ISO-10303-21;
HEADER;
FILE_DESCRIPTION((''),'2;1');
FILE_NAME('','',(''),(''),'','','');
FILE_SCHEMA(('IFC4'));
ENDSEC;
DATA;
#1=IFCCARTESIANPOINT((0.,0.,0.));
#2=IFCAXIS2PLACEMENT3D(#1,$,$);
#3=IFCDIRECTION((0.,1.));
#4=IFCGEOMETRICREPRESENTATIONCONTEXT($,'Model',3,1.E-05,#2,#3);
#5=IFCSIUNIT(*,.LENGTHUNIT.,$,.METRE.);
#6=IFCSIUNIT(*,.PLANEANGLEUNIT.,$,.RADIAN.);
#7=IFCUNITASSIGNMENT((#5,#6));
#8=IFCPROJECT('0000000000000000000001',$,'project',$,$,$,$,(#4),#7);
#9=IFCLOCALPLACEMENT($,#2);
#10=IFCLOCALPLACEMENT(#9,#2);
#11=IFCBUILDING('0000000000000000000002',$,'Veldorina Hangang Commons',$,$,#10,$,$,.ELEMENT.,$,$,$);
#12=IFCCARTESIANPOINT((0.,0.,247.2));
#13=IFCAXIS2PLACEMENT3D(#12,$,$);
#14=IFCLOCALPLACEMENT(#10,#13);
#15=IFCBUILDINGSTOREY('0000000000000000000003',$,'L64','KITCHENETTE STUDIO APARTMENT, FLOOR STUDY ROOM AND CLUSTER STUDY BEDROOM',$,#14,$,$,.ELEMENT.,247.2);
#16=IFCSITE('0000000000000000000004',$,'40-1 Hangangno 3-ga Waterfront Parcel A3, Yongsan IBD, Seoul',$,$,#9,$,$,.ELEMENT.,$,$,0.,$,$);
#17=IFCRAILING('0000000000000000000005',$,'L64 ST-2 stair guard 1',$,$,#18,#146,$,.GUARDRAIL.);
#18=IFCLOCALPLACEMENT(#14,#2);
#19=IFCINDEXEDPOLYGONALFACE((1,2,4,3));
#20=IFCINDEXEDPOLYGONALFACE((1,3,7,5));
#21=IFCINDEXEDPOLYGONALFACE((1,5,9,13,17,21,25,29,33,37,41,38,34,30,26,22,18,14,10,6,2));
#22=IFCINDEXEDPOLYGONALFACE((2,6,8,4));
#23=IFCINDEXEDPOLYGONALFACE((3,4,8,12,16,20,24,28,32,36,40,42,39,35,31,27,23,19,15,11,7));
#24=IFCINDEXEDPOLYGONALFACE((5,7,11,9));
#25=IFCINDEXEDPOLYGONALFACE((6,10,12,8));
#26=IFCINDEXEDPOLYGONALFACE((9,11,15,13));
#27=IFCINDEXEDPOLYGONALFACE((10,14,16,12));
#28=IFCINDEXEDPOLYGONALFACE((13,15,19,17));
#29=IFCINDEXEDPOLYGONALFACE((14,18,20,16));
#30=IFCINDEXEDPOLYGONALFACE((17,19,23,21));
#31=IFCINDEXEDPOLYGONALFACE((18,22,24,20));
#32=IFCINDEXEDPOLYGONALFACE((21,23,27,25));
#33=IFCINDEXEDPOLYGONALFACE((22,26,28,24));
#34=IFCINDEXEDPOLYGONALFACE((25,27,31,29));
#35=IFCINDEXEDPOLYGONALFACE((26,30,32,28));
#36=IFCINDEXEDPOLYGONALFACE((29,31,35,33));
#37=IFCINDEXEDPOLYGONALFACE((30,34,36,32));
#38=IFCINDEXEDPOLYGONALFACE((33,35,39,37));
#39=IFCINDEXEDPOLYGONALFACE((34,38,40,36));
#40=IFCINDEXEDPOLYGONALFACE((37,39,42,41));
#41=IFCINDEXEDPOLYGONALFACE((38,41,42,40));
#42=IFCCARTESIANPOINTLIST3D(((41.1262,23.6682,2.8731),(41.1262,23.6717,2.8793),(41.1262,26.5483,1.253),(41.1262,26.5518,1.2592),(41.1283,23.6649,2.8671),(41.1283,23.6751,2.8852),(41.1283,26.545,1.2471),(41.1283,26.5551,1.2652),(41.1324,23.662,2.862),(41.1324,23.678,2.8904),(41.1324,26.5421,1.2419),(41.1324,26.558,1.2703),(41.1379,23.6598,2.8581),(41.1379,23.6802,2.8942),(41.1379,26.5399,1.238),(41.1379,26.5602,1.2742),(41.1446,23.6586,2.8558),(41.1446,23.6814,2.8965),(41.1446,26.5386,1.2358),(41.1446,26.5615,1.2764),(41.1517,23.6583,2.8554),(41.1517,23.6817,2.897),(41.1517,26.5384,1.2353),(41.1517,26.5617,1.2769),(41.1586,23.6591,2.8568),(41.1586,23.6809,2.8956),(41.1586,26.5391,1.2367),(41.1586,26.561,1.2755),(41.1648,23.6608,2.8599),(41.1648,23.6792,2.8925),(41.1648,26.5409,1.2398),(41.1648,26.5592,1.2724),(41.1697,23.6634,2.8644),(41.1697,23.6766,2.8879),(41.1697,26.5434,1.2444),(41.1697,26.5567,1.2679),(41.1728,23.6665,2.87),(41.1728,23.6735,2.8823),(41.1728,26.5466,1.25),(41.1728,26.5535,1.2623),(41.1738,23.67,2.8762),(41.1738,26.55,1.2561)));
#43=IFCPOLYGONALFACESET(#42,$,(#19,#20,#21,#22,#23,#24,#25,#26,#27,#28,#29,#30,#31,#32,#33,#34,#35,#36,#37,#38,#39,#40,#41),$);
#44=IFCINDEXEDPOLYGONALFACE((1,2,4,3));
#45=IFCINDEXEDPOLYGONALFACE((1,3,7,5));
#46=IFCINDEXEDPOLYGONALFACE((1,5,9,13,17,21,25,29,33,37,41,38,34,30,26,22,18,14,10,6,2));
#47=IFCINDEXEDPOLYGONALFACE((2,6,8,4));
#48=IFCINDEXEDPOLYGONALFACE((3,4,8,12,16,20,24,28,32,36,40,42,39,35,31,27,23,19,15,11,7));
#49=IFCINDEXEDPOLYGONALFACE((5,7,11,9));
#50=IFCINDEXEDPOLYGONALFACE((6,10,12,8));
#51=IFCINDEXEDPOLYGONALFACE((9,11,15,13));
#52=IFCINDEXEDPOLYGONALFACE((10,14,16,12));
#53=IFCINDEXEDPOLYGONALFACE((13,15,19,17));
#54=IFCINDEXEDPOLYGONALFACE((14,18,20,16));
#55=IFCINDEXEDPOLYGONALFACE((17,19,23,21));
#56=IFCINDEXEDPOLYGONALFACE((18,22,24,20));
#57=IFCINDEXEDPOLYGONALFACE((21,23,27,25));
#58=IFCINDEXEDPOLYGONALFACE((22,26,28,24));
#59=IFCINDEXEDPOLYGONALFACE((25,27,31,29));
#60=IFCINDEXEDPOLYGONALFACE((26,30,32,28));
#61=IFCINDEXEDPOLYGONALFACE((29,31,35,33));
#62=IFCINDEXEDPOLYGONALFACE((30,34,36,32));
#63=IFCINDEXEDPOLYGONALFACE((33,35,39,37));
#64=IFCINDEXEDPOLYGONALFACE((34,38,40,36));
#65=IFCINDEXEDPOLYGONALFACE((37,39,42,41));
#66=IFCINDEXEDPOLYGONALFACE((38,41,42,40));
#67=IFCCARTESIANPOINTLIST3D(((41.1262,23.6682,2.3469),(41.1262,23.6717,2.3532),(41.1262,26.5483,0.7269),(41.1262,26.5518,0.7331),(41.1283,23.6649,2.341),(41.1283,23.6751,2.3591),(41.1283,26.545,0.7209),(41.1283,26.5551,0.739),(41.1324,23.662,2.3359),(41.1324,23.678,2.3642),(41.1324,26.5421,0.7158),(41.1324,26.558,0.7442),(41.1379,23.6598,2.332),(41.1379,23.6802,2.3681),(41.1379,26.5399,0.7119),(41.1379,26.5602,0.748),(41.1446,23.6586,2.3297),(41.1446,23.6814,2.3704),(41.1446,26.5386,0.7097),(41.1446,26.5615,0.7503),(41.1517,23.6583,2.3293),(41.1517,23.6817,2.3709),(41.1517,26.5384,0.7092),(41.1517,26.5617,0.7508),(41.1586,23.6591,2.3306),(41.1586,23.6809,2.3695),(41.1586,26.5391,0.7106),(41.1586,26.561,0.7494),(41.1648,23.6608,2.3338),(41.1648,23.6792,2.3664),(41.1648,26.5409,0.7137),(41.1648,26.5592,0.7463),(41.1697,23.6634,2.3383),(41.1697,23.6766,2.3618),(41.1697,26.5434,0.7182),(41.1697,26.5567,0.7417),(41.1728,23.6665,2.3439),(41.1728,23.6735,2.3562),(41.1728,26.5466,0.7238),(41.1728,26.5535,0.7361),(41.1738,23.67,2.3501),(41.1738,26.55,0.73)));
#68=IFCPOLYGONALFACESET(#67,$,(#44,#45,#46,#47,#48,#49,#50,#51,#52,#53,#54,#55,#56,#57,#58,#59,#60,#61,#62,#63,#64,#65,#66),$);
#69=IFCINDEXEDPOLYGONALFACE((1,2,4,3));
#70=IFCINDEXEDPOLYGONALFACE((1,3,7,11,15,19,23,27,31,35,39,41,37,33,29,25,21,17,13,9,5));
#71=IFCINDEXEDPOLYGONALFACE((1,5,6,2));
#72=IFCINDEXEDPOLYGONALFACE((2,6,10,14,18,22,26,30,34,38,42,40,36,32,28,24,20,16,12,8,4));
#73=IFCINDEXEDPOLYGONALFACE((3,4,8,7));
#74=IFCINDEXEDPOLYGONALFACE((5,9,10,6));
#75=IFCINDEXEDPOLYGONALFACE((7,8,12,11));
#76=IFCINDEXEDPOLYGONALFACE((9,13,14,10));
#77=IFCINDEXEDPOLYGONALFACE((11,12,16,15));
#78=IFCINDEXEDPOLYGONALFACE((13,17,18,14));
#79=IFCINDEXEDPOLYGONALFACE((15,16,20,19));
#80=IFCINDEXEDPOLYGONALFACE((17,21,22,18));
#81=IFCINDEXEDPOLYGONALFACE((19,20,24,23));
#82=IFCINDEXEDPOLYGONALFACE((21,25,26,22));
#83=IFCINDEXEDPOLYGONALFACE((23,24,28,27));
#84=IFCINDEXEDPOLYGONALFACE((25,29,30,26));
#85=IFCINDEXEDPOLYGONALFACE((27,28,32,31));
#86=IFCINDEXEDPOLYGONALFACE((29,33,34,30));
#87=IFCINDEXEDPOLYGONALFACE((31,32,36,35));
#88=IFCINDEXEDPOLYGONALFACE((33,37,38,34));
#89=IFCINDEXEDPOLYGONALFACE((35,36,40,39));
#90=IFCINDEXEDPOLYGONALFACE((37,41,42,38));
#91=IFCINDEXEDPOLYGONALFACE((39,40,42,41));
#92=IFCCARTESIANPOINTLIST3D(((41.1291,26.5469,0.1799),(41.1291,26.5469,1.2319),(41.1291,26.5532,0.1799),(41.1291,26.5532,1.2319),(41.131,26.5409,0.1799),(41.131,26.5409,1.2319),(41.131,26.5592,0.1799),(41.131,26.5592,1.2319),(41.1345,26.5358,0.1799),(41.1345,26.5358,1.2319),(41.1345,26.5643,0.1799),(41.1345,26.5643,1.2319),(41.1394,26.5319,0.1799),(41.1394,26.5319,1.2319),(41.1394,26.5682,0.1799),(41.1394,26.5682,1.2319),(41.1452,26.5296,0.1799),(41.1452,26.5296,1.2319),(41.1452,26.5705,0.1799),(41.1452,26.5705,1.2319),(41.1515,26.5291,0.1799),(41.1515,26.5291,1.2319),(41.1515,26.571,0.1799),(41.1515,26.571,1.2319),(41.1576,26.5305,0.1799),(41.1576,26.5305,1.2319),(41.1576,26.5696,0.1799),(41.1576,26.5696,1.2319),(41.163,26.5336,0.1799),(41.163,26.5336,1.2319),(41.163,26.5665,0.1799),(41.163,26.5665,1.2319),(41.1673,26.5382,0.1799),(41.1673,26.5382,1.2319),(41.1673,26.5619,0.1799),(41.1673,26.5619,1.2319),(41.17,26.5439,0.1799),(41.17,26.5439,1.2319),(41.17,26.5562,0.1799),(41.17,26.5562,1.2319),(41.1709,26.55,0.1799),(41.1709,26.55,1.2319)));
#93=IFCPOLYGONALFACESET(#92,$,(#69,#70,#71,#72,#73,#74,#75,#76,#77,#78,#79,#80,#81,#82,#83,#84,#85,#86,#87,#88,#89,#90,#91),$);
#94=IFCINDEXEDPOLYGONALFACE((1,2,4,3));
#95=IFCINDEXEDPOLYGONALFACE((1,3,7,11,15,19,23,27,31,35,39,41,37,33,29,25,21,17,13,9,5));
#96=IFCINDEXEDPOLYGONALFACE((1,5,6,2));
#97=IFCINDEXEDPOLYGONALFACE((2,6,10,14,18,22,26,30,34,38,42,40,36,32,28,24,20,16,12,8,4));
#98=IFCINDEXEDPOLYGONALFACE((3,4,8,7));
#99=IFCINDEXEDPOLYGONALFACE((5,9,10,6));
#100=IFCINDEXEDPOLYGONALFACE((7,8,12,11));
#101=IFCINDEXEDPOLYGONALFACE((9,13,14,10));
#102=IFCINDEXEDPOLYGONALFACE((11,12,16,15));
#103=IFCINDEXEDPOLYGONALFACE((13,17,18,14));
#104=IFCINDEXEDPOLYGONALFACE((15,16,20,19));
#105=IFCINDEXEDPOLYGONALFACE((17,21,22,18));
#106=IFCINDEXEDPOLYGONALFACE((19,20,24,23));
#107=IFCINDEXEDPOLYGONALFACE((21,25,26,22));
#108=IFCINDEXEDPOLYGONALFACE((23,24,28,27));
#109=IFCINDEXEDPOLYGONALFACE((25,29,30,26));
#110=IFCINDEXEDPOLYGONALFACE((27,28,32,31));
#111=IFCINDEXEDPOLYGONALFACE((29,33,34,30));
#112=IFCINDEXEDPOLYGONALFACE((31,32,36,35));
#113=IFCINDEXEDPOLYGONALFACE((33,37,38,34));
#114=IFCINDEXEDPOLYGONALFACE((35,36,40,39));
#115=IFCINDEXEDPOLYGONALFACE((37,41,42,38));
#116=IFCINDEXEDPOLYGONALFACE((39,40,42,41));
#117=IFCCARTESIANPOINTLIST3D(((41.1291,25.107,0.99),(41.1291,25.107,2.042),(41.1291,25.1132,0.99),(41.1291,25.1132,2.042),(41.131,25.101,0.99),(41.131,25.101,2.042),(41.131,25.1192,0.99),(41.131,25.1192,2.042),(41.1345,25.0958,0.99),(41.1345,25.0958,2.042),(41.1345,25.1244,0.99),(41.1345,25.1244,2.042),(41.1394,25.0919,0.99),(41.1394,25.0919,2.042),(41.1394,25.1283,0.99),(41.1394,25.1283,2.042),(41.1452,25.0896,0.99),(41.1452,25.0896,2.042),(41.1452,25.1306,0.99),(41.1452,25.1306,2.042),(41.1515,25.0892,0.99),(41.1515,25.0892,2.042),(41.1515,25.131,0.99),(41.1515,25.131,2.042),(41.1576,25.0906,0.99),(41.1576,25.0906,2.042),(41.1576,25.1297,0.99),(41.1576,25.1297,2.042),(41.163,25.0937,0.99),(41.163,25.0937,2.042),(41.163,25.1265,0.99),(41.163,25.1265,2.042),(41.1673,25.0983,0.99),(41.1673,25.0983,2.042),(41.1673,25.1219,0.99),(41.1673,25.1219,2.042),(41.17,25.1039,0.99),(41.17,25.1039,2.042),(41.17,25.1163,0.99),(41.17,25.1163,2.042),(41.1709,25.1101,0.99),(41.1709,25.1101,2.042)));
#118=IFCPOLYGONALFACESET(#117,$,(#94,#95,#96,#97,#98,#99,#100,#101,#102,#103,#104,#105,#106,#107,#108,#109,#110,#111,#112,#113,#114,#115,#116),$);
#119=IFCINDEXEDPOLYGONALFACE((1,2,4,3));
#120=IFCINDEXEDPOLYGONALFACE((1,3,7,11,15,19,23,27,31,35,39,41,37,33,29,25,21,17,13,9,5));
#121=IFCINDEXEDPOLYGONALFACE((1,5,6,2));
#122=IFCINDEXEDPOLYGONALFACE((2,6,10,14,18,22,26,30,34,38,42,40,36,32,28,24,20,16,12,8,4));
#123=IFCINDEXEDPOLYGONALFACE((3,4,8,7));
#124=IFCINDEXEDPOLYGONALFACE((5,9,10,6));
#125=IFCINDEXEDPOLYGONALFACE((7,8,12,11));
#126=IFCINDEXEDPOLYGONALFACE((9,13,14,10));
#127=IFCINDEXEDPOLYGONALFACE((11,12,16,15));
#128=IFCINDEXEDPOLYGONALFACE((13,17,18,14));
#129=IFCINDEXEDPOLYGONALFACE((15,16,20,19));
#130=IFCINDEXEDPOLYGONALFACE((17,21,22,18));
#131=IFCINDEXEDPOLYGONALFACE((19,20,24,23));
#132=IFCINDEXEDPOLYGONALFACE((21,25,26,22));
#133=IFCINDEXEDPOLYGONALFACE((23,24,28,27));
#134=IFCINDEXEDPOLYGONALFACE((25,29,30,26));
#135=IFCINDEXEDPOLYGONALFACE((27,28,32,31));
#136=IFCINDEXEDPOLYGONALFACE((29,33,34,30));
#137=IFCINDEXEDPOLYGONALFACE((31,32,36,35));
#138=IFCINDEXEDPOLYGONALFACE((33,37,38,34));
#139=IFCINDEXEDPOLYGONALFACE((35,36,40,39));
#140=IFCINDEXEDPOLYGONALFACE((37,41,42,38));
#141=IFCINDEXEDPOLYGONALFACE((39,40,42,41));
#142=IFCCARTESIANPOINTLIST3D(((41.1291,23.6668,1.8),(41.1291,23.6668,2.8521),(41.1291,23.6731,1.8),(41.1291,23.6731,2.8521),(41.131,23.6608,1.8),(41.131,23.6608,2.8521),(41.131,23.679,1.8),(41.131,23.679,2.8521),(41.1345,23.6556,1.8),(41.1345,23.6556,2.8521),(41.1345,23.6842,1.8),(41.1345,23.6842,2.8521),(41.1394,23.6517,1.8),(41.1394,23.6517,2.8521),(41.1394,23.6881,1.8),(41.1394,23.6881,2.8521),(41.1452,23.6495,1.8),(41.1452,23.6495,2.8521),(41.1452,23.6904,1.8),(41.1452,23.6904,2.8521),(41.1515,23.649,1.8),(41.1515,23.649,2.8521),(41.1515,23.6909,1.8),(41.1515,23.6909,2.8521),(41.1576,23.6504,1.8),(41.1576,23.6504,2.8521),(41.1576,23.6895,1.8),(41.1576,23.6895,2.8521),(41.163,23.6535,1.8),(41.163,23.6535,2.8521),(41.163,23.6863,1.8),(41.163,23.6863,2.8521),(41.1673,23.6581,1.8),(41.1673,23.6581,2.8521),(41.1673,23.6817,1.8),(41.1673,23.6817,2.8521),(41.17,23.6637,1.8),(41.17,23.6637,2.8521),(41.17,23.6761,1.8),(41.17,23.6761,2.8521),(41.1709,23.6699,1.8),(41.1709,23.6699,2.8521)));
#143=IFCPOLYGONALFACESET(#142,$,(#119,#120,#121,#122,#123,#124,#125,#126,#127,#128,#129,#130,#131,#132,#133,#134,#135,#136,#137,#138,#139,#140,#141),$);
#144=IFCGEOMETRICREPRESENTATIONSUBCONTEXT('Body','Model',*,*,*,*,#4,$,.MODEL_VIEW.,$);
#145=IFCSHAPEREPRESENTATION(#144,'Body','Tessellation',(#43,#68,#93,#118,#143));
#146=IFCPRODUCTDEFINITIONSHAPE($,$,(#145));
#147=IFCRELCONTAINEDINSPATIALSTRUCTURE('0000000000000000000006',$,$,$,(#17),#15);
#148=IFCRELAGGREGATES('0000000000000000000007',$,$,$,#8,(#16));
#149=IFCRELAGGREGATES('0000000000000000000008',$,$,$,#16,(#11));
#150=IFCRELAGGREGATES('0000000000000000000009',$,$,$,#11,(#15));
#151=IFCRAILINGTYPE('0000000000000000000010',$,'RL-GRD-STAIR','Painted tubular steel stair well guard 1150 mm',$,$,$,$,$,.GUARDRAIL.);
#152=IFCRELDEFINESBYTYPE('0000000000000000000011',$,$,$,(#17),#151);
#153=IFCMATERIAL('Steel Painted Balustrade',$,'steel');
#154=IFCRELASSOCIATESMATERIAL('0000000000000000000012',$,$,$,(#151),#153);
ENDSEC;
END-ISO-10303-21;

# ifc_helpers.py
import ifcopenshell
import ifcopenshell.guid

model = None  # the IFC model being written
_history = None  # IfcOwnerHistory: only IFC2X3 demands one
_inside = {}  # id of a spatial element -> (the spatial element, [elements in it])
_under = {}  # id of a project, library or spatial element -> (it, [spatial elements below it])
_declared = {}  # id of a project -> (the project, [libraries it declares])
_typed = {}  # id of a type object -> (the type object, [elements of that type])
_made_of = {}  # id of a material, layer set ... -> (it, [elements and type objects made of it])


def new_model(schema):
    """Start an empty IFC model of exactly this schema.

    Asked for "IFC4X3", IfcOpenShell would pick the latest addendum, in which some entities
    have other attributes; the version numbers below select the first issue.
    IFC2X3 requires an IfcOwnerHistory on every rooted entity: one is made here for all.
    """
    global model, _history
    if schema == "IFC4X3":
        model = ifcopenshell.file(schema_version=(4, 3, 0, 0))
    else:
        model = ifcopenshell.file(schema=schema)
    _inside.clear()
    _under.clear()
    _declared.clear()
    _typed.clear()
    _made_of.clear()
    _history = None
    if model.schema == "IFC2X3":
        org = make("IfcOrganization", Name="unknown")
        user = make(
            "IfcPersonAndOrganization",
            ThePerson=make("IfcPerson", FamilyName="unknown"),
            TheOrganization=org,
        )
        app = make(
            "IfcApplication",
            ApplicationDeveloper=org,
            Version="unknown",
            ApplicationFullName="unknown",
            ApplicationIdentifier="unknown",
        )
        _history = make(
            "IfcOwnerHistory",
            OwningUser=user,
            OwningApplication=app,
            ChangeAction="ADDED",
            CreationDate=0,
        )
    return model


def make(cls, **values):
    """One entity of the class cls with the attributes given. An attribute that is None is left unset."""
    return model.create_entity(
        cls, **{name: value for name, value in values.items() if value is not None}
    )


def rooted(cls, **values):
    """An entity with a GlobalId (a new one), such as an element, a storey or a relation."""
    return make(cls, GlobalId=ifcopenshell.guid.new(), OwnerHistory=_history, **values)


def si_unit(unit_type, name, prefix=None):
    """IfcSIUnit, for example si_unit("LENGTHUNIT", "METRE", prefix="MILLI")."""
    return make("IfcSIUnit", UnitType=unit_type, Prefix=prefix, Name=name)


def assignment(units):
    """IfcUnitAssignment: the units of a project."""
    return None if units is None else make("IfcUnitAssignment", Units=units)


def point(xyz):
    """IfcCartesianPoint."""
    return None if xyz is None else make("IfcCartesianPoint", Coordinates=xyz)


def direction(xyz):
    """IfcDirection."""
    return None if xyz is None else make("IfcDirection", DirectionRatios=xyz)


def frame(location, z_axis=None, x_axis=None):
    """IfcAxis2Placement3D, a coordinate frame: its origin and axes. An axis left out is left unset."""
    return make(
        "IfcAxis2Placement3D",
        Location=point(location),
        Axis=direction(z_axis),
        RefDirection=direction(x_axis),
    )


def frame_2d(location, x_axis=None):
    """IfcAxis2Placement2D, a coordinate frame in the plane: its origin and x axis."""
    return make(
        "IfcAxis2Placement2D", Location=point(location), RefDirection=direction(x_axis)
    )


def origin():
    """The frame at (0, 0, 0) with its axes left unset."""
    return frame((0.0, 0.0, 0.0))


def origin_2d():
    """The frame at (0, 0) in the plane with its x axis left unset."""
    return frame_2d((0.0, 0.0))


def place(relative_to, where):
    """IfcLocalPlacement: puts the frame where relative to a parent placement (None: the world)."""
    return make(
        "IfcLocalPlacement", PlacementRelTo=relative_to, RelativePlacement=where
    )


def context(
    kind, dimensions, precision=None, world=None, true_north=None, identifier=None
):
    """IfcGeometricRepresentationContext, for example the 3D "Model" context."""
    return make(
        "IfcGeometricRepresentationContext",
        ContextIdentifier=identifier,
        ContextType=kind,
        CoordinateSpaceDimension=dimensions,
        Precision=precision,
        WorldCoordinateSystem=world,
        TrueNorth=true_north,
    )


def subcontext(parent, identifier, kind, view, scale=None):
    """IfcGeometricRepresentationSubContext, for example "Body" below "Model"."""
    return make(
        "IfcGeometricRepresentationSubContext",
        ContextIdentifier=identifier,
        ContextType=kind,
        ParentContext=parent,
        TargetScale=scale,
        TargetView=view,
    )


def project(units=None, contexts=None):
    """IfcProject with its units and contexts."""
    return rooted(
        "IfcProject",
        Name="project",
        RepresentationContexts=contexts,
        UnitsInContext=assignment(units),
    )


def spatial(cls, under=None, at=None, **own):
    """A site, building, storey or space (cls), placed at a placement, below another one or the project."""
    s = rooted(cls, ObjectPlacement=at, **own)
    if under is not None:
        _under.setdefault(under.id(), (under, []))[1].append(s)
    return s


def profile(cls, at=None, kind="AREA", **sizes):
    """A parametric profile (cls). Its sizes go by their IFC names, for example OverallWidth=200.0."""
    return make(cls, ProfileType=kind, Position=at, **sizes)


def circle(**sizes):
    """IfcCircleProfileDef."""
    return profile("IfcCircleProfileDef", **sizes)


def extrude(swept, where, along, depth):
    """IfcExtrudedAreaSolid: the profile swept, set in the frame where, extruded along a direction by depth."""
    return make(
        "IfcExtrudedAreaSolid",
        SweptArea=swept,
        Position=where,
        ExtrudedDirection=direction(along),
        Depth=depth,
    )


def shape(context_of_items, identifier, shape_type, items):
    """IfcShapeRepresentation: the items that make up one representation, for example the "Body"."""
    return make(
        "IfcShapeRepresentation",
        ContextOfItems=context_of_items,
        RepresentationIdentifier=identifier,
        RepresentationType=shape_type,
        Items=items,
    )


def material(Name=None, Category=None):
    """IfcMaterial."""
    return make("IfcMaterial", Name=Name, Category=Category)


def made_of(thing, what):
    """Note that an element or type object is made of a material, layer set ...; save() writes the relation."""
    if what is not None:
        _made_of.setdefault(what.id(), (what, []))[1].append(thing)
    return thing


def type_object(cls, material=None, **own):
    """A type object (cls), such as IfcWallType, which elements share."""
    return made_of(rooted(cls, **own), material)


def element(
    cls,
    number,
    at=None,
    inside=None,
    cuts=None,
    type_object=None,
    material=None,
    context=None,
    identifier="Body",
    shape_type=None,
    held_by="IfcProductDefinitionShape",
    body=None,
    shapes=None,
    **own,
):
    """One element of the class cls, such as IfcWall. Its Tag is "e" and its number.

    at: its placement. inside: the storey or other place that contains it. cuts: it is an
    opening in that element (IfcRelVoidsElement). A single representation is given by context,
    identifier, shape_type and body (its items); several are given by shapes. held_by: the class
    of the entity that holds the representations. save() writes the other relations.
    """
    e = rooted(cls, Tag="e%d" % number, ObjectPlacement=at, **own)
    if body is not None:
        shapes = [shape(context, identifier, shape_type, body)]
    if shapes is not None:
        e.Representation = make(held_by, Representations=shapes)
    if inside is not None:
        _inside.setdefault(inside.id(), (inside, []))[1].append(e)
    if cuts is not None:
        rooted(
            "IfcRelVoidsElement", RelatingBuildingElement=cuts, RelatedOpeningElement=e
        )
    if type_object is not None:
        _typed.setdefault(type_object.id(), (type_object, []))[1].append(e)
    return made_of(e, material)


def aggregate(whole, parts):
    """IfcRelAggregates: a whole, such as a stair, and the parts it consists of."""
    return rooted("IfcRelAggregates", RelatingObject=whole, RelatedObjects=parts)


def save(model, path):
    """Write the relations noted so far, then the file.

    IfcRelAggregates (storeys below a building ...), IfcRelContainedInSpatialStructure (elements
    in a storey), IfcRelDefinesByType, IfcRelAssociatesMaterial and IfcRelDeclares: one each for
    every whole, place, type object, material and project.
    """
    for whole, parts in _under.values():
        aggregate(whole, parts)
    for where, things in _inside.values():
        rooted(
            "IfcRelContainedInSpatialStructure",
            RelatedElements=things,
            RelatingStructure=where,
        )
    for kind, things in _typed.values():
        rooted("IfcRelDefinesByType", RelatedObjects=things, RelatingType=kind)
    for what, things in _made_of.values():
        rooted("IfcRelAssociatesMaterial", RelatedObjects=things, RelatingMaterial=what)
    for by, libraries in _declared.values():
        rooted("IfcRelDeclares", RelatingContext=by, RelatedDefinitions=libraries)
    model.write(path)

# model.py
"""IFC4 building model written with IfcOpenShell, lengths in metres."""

from ifc_helpers import new_model, si_unit, direction, frame, origin, origin_2d, place, context, subcontext, project, spatial, circle, extrude, material, type_object, element, save


model = new_model("IFC4")

# Units and contexts
model_context = context("Model", 3, precision=1e-05, world=origin(), true_north=direction((0.0, 1.0)))
body_context = subcontext(model_context, "Body", "Model", "MODEL_VIEW")
ifc_project = project(units=[si_unit("LENGTHUNIT", "METRE"), si_unit("PLANEANGLEUNIT", "RADIAN")], contexts=[model_context])

# Site, building, storey
site_placement = place(None, origin())
site = spatial("IfcSite", under=ifc_project, at=site_placement, Name="40-1 Hangangno 3-ga Waterfront Parcel A3, Yongsan IBD, Seoul", CompositionType="ELEMENT", RefElevation=0.0)
building_placement = place(site_placement, origin())
building = spatial("IfcBuilding", under=site, at=building_placement, Name="Veldorina Hangang Commons", CompositionType="ELEMENT")
storey_placement = place(building_placement, frame((0.0, 0.0, 247.2)))
storey = spatial("IfcBuildingStorey", under=building, at=storey_placement, Name="L64", Description="KITCHENETTE STUDIO APARTMENT, FLOOR STUDY ROOM AND CLUSTER STUDY BEDROOM", CompositionType="ELEMENT", Elevation=247.2)

# Railing
ifc_material_1 = material(Name="Steel Painted Balustrade", Category="steel")
railing_type_1 = type_object("IfcRailingType", Name="RL-GRD-STAIR", Description="Painted tubular steel stair well guard 1150 mm", PredefinedType="GUARDRAIL", material=ifc_material_1)
railing_1_placement = place(storey_placement, frame((41.1499, 26.55, 0.1799)))
element("IfcRailing", 1, at=railing_1_placement, inside=storey, type_object=railing_type_1, Name="L64 ST-2 stair guard 1", PredefinedType="GUARDRAIL", context=body_context, shape_type="SweptSolid", body=[
    extrude(circle(Radius=0.0239, at=origin_2d()), frame((0.0, 0.0, 1.0762), z_axis=(0.0, -0.87157, 0.490272), x_axis=(1.0, 0.0, 0.0)), (0.0, 0.0, 1.0), 3.3044),
    extrude(circle(Radius=0.0239, at=origin_2d()), frame((0.0, 0.0, 0.55), z_axis=(0.0, -0.87157, 0.490272), x_axis=(1.0, 0.0, 0.0)), (0.0, 0.0, 1.0), 3.3044),
    extrude(circle(Radius=0.021, at=origin_2d()), origin(), (0.0, 0.0, 1.0), 1.052),
    extrude(circle(Radius=0.021, at=origin_2d()), frame((0.0, -1.4399, 0.8101)), (0.0, 0.0, 1.0), 1.052),
    extrude(circle(Radius=0.021, at=origin_2d()), frame((0.0, -2.8801, 1.6201)), (0.0, 0.0, 1.0), 1.052),
])

save(model, "model.ifc")
